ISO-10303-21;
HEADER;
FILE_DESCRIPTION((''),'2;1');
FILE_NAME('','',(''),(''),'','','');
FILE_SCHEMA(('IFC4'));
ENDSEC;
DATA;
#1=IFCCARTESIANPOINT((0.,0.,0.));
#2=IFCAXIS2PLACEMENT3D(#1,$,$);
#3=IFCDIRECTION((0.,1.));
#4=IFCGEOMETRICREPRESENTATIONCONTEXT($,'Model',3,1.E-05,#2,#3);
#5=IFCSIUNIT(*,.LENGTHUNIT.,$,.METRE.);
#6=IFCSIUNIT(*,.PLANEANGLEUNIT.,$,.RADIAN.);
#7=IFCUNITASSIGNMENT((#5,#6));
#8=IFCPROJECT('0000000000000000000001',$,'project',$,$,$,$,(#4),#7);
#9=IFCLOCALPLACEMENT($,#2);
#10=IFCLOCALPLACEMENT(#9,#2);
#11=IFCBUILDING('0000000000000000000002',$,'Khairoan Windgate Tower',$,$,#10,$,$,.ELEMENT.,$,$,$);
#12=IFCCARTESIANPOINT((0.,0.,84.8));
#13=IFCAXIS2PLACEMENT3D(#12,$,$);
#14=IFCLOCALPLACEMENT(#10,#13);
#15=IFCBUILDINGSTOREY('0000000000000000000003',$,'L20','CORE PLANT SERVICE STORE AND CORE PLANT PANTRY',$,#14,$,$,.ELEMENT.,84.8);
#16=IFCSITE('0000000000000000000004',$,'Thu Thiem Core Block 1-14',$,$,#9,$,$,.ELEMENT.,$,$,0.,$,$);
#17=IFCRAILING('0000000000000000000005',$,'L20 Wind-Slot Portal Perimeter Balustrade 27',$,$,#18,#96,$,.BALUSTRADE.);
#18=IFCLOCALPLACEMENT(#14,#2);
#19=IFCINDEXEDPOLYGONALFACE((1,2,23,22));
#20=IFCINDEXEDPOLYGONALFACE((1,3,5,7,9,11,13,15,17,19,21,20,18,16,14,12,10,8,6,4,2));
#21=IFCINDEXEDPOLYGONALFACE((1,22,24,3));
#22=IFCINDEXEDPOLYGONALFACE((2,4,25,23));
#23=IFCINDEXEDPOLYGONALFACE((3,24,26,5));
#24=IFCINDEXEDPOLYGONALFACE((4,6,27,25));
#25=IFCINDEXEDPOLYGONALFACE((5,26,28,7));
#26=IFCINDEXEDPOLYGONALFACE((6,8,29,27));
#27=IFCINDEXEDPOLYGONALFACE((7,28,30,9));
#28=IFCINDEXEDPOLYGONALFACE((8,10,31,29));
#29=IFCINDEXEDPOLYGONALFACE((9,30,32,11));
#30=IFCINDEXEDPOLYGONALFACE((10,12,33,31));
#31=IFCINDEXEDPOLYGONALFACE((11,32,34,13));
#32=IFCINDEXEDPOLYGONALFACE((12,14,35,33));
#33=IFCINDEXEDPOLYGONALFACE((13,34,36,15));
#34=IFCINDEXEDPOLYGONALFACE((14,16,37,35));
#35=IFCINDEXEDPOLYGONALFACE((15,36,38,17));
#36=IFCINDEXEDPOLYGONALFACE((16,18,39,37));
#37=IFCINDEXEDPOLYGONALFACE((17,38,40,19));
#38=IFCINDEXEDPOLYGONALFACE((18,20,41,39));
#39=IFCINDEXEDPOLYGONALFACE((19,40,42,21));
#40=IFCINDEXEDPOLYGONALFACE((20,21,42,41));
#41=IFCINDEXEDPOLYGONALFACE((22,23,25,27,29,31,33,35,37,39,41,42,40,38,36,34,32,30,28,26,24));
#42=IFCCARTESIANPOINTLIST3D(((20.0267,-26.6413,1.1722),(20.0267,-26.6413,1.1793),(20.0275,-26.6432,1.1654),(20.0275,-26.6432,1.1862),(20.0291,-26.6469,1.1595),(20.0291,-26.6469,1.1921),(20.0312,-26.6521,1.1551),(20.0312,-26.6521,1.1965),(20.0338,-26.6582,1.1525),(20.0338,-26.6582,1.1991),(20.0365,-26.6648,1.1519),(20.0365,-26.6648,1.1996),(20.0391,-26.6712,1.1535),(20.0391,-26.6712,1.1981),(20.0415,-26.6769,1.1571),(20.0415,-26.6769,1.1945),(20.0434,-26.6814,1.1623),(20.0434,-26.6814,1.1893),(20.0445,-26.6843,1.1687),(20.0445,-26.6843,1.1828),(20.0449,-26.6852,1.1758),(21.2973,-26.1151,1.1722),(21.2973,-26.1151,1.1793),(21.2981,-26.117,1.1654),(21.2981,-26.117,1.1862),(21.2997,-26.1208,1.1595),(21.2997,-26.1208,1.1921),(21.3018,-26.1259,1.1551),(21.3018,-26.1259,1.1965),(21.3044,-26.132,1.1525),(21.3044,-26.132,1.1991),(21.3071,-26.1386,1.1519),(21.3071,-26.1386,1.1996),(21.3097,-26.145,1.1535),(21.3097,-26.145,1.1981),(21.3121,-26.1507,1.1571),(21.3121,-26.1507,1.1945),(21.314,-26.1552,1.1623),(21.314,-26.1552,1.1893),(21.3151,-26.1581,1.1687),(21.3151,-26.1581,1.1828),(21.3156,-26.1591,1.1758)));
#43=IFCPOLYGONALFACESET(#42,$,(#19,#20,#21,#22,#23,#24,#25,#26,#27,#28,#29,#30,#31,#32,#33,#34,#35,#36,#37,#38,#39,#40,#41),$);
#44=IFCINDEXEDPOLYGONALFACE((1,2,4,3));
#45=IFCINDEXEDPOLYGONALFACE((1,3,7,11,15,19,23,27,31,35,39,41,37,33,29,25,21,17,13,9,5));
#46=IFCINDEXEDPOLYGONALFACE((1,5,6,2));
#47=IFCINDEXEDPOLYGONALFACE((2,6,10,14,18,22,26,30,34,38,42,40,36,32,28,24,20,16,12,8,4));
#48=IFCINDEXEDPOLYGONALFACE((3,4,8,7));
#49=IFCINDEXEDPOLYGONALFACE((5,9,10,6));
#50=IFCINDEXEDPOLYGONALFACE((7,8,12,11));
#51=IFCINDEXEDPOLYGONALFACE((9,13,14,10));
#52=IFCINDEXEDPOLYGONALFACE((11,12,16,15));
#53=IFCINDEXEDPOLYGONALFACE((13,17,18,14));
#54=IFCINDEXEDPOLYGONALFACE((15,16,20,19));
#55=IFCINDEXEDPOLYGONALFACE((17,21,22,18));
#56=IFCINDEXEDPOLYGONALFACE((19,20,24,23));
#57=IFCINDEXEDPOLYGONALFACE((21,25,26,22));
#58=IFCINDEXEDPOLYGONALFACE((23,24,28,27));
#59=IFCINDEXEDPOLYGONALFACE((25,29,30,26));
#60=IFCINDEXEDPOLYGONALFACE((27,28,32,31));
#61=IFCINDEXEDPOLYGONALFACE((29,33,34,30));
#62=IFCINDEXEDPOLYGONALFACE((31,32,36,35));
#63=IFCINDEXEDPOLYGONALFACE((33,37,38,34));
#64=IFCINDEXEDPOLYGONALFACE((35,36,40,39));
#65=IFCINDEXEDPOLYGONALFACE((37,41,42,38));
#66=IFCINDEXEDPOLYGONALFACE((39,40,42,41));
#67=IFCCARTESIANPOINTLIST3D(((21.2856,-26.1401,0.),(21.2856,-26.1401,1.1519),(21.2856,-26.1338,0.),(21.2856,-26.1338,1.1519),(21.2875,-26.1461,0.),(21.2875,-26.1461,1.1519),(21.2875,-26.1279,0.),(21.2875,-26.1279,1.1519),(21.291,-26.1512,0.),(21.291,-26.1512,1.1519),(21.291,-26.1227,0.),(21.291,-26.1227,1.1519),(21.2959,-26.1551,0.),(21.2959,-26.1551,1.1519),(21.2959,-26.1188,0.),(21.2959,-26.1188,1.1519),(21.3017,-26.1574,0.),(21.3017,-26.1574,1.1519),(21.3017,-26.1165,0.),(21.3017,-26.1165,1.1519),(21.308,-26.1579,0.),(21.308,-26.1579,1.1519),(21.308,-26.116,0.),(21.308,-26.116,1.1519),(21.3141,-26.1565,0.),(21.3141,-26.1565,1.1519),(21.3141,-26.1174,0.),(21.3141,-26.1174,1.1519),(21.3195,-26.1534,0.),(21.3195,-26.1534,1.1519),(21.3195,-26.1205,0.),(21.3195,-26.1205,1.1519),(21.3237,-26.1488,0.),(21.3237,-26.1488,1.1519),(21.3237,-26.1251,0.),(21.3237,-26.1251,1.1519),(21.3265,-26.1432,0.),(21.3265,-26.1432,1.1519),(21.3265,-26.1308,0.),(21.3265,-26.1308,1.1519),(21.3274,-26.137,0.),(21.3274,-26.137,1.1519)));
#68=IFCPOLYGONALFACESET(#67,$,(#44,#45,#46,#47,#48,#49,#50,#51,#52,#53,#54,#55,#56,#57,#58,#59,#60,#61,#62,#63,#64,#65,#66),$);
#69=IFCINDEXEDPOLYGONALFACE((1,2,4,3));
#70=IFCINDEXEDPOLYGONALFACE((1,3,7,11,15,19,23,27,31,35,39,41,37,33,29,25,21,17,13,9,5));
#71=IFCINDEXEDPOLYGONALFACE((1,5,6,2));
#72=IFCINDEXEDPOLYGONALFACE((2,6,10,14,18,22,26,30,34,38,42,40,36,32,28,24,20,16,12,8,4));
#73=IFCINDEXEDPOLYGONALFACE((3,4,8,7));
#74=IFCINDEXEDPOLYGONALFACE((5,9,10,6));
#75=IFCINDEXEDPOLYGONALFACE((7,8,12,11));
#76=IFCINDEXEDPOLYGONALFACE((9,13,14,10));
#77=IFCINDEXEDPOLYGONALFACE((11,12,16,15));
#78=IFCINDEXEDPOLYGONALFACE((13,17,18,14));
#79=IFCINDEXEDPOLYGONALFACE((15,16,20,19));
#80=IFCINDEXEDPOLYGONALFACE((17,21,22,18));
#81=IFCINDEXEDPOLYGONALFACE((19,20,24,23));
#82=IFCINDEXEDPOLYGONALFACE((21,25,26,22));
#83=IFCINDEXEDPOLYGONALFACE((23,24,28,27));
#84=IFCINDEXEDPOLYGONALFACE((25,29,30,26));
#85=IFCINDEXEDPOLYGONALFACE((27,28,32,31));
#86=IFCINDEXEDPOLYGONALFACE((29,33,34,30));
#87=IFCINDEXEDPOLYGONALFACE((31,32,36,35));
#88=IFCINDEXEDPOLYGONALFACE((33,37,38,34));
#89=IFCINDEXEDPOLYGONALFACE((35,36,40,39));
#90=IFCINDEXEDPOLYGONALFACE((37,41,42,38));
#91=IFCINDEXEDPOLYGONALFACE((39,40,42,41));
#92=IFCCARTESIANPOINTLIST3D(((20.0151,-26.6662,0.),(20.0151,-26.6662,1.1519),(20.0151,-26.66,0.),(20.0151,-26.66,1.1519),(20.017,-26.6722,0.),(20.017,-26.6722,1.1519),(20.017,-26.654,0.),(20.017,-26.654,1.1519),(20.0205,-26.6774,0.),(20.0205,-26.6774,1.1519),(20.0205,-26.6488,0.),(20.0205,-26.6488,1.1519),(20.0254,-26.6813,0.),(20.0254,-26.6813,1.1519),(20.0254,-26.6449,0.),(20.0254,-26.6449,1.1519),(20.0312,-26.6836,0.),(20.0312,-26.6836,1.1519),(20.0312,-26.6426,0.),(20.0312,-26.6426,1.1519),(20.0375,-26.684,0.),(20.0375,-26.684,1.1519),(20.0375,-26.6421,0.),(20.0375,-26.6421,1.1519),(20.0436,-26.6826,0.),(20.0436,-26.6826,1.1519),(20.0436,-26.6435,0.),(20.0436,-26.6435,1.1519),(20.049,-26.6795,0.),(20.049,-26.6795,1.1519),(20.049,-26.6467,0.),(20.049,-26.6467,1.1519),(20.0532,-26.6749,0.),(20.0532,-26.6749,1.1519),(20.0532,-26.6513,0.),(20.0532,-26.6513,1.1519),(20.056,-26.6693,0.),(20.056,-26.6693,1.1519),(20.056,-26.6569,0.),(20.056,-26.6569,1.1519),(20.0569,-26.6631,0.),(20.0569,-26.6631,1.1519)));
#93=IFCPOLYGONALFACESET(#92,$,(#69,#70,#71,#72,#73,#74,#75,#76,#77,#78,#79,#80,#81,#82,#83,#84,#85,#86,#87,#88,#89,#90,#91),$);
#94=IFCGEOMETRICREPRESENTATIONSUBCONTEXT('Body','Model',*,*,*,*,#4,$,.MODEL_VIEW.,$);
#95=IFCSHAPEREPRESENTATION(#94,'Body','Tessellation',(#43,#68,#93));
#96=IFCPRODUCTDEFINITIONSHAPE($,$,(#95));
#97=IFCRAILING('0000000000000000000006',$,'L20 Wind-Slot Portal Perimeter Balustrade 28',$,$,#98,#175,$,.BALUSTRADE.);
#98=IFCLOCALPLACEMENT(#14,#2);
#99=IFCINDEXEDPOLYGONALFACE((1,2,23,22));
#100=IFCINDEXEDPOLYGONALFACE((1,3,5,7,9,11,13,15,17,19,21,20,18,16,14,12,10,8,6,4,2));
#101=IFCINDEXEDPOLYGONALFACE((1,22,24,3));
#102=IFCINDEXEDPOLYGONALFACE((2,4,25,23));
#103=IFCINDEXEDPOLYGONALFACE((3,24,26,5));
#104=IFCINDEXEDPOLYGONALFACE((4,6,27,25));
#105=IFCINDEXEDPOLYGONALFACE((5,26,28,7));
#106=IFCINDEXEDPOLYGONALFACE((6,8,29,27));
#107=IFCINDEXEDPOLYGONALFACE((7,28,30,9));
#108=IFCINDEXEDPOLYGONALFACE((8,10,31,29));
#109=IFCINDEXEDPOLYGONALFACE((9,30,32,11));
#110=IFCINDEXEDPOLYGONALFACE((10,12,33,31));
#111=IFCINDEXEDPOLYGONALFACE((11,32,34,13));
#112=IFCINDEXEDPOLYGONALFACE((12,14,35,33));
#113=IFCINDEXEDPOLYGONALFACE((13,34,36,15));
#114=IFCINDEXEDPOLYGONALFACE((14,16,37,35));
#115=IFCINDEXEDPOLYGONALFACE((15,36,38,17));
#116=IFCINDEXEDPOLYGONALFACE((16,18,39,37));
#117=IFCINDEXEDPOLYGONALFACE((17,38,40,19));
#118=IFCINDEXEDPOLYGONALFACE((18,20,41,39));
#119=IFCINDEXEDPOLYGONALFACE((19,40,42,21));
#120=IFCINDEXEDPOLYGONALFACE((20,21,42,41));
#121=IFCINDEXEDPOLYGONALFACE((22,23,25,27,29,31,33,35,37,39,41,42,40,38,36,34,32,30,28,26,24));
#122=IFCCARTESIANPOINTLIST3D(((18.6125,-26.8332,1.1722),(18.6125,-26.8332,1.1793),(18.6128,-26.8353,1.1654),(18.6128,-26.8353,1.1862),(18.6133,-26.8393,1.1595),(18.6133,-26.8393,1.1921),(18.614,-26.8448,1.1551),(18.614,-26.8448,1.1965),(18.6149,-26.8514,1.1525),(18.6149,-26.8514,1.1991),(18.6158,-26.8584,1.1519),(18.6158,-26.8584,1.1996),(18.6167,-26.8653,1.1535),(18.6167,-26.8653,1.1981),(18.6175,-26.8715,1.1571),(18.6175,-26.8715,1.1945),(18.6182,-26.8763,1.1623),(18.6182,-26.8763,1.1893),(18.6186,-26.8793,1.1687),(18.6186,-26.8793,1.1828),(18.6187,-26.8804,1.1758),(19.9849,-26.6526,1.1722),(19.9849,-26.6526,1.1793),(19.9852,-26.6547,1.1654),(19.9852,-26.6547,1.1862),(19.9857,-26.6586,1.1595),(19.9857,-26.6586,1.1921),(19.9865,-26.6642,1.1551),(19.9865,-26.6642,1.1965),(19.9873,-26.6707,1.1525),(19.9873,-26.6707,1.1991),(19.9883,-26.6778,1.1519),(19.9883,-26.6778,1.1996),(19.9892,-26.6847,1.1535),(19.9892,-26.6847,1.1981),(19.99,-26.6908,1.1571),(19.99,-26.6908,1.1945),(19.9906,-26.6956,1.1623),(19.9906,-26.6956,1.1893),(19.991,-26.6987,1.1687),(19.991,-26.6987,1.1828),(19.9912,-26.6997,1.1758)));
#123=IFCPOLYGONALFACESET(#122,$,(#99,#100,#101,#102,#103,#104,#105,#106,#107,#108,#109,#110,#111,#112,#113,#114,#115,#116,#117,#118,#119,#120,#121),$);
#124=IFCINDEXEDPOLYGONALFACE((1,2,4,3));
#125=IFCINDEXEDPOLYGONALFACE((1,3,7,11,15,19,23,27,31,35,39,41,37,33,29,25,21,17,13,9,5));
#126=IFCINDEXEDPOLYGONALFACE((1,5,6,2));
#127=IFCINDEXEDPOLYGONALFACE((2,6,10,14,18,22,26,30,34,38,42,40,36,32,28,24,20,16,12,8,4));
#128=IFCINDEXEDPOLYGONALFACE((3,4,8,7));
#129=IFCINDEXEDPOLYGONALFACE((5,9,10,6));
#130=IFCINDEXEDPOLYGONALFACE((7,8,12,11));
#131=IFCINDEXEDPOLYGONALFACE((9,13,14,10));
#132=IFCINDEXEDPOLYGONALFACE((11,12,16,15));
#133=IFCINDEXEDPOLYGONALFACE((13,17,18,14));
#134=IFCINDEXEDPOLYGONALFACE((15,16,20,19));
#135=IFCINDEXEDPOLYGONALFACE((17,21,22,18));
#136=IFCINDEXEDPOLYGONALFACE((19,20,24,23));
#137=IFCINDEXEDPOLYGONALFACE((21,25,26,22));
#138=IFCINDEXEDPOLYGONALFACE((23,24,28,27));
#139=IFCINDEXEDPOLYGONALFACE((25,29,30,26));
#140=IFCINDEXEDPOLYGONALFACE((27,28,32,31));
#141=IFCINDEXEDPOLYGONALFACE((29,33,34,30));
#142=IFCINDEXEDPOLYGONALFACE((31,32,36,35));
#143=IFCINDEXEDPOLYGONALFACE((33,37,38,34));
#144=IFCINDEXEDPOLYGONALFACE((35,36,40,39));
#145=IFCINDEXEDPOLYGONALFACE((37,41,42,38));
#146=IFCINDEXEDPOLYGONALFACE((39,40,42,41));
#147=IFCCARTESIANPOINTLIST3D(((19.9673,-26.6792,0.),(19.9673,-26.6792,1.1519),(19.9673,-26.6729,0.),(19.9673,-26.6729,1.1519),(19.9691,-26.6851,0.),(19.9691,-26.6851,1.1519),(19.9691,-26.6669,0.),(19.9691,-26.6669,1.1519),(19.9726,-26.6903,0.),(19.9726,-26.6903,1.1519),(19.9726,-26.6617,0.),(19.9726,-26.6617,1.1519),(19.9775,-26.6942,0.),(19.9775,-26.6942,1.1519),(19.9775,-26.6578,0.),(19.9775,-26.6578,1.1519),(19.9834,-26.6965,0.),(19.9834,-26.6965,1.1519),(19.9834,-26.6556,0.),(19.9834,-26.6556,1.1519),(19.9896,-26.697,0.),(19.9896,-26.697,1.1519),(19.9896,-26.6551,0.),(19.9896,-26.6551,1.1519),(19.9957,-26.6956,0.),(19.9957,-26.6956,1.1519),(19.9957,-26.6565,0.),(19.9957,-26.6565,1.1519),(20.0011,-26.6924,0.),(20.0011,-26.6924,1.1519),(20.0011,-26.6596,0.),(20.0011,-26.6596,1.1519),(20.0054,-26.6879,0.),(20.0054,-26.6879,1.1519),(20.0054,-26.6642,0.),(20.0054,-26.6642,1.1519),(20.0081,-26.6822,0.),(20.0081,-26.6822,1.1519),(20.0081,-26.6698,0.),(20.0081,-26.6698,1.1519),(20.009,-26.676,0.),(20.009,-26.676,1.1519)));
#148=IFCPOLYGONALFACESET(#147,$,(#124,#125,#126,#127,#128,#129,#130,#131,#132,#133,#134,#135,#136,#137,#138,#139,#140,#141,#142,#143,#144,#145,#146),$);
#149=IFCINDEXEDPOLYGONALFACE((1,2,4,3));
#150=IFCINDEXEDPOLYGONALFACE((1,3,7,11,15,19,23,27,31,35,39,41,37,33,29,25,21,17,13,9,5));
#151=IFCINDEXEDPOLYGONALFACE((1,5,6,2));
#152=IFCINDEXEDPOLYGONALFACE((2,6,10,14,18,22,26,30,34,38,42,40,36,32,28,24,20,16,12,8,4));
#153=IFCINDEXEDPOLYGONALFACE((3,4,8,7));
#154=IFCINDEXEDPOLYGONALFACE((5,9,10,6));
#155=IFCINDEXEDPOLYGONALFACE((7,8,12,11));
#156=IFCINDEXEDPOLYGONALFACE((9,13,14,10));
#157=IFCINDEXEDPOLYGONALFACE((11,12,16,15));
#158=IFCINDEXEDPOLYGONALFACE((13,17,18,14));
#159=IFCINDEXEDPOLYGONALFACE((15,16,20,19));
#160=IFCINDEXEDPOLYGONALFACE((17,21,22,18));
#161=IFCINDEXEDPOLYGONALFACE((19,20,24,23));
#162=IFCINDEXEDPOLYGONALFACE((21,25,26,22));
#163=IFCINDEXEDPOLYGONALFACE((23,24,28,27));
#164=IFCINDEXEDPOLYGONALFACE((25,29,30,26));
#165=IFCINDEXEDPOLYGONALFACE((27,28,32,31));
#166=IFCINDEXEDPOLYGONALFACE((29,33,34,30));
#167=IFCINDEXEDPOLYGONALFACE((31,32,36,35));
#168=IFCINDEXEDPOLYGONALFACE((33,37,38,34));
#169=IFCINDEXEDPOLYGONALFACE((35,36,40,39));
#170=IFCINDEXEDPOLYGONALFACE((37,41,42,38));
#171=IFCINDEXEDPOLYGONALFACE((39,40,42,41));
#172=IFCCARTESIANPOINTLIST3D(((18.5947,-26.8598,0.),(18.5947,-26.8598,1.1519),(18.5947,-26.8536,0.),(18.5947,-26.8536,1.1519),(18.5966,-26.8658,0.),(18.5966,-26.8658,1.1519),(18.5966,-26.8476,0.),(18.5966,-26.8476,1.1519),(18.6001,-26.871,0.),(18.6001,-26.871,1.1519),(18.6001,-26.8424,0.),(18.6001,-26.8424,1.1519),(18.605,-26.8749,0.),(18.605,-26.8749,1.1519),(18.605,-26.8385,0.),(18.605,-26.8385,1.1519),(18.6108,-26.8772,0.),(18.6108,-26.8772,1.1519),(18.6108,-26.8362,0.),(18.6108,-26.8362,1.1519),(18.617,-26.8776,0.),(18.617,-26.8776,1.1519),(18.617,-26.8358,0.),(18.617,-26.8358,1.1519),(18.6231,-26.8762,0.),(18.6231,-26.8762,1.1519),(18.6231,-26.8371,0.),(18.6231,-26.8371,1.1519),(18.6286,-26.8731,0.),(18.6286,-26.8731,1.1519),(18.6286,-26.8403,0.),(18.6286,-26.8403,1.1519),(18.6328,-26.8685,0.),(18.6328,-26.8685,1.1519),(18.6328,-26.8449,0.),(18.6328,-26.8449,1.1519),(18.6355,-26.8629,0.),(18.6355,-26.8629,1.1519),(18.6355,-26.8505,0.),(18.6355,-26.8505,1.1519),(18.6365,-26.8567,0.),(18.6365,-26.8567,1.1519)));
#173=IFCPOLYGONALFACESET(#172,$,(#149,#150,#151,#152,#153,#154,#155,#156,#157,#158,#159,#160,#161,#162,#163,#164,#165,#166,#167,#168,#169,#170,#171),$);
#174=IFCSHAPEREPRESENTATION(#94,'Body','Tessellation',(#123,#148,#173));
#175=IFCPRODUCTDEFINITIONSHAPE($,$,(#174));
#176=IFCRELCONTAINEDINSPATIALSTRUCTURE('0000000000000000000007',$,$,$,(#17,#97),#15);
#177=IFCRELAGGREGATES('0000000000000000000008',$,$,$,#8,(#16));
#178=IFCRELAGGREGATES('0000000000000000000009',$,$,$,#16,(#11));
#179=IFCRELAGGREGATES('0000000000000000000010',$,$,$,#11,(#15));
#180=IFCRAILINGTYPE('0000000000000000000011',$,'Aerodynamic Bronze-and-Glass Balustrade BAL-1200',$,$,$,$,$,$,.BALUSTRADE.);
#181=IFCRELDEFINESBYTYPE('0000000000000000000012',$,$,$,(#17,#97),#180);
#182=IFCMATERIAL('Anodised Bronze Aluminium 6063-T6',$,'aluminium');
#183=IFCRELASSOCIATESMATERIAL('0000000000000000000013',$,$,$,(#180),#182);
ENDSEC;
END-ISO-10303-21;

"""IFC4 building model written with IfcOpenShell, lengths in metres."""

from ifc_helpers import new_model, si_unit, direction, frame, origin, origin_2d, place, context, subcontext, project, spatial, circle, extrude, material, type_object, element, save


model = new_model("IFC4")

# Units and contexts
model_context = context("Model", 3, precision=1e-05, world=origin(), true_north=direction((0.0, 1.0)))
body_context = subcontext(model_context, "Body", "Model", "MODEL_VIEW")
ifc_project = project(units=[si_unit("LENGTHUNIT", "METRE"), si_unit("PLANEANGLEUNIT", "RADIAN")], contexts=[model_context])

# Site, building, storey
site_placement = place(None, origin())
site = spatial("IfcSite", under=ifc_project, at=site_placement, Name="Thu Thiem Core Block 1-14", CompositionType="ELEMENT", RefElevation=0.0)
building_placement = place(site_placement, origin())
building = spatial("IfcBuilding", under=site, at=building_placement, Name="Khairoan Windgate Tower", CompositionType="ELEMENT")
storey_placement = place(building_placement, frame((0.0, 0.0, 84.8)))
storey = spatial("IfcBuildingStorey", under=building, at=storey_placement, Name="L20", Description="CORE PLANT SERVICE STORE AND CORE PLANT PANTRY", CompositionType="ELEMENT", Elevation=84.8)

# Railings
ifc_material_1 = material(Name="Anodised Bronze Aluminium 6063-T6", Category="aluminium")
railing_type_1 = type_object("IfcRailingType", Name="Aerodynamic Bronze-and-Glass Balustrade BAL-1200", PredefinedType="BALUSTRADE", material=ifc_material_1)
railing_1_placement = place(storey_placement, frame((21.3064, -26.137, 0.0)))
element("IfcRailing", 1, at=railing_1_placement, inside=storey, type_object=railing_type_1, Name="L20 Wind-Slot Portal Perimeter Balustrade 27", PredefinedType="BALUSTRADE", context=body_context, shape_type="SweptSolid", body=[
    extrude(circle(Radius=0.0239, at=origin_2d()), frame((0.0, 0.0, 1.1758), z_axis=(-0.923915, -0.382597, 0.0), x_axis=(0.382597, -0.923915, 0.0)), (0.0, 0.0, 1.0), 1.3752),
    extrude(circle(Radius=0.021, at=origin_2d()), origin(), (0.0, 0.0, 1.0), 1.1519),
    extrude(circle(Radius=0.021, at=origin_2d()), frame((-1.2705, -0.5261, 0.0)), (0.0, 0.0, 1.0), 1.1519),
])
railing_2_placement = place(storey_placement, frame((19.988, -26.676, 0.0)))
element("IfcRailing", 2, at=railing_2_placement, inside=storey, type_object=railing_type_1, Name="L20 Wind-Slot Portal Perimeter Balustrade 28", PredefinedType="BALUSTRADE", context=body_context, shape_type="SweptSolid", body=[
    extrude(circle(Radius=0.0239, at=origin_2d()), frame((0.0, 0.0, 1.1758), z_axis=(-0.991448, -0.1305, 0.0), x_axis=(0.1305, -0.991448, 0.0)), (0.0, 0.0, 1.0), 1.3843),
    extrude(circle(Radius=0.021, at=origin_2d()), origin(), (0.0, 0.0, 1.0), 1.1519),
    extrude(circle(Radius=0.021, at=origin_2d()), frame((-1.3726, -0.1807, 0.0)), (0.0, 0.0, 1.0), 1.1519),
])

save(model, "model.ifc")
